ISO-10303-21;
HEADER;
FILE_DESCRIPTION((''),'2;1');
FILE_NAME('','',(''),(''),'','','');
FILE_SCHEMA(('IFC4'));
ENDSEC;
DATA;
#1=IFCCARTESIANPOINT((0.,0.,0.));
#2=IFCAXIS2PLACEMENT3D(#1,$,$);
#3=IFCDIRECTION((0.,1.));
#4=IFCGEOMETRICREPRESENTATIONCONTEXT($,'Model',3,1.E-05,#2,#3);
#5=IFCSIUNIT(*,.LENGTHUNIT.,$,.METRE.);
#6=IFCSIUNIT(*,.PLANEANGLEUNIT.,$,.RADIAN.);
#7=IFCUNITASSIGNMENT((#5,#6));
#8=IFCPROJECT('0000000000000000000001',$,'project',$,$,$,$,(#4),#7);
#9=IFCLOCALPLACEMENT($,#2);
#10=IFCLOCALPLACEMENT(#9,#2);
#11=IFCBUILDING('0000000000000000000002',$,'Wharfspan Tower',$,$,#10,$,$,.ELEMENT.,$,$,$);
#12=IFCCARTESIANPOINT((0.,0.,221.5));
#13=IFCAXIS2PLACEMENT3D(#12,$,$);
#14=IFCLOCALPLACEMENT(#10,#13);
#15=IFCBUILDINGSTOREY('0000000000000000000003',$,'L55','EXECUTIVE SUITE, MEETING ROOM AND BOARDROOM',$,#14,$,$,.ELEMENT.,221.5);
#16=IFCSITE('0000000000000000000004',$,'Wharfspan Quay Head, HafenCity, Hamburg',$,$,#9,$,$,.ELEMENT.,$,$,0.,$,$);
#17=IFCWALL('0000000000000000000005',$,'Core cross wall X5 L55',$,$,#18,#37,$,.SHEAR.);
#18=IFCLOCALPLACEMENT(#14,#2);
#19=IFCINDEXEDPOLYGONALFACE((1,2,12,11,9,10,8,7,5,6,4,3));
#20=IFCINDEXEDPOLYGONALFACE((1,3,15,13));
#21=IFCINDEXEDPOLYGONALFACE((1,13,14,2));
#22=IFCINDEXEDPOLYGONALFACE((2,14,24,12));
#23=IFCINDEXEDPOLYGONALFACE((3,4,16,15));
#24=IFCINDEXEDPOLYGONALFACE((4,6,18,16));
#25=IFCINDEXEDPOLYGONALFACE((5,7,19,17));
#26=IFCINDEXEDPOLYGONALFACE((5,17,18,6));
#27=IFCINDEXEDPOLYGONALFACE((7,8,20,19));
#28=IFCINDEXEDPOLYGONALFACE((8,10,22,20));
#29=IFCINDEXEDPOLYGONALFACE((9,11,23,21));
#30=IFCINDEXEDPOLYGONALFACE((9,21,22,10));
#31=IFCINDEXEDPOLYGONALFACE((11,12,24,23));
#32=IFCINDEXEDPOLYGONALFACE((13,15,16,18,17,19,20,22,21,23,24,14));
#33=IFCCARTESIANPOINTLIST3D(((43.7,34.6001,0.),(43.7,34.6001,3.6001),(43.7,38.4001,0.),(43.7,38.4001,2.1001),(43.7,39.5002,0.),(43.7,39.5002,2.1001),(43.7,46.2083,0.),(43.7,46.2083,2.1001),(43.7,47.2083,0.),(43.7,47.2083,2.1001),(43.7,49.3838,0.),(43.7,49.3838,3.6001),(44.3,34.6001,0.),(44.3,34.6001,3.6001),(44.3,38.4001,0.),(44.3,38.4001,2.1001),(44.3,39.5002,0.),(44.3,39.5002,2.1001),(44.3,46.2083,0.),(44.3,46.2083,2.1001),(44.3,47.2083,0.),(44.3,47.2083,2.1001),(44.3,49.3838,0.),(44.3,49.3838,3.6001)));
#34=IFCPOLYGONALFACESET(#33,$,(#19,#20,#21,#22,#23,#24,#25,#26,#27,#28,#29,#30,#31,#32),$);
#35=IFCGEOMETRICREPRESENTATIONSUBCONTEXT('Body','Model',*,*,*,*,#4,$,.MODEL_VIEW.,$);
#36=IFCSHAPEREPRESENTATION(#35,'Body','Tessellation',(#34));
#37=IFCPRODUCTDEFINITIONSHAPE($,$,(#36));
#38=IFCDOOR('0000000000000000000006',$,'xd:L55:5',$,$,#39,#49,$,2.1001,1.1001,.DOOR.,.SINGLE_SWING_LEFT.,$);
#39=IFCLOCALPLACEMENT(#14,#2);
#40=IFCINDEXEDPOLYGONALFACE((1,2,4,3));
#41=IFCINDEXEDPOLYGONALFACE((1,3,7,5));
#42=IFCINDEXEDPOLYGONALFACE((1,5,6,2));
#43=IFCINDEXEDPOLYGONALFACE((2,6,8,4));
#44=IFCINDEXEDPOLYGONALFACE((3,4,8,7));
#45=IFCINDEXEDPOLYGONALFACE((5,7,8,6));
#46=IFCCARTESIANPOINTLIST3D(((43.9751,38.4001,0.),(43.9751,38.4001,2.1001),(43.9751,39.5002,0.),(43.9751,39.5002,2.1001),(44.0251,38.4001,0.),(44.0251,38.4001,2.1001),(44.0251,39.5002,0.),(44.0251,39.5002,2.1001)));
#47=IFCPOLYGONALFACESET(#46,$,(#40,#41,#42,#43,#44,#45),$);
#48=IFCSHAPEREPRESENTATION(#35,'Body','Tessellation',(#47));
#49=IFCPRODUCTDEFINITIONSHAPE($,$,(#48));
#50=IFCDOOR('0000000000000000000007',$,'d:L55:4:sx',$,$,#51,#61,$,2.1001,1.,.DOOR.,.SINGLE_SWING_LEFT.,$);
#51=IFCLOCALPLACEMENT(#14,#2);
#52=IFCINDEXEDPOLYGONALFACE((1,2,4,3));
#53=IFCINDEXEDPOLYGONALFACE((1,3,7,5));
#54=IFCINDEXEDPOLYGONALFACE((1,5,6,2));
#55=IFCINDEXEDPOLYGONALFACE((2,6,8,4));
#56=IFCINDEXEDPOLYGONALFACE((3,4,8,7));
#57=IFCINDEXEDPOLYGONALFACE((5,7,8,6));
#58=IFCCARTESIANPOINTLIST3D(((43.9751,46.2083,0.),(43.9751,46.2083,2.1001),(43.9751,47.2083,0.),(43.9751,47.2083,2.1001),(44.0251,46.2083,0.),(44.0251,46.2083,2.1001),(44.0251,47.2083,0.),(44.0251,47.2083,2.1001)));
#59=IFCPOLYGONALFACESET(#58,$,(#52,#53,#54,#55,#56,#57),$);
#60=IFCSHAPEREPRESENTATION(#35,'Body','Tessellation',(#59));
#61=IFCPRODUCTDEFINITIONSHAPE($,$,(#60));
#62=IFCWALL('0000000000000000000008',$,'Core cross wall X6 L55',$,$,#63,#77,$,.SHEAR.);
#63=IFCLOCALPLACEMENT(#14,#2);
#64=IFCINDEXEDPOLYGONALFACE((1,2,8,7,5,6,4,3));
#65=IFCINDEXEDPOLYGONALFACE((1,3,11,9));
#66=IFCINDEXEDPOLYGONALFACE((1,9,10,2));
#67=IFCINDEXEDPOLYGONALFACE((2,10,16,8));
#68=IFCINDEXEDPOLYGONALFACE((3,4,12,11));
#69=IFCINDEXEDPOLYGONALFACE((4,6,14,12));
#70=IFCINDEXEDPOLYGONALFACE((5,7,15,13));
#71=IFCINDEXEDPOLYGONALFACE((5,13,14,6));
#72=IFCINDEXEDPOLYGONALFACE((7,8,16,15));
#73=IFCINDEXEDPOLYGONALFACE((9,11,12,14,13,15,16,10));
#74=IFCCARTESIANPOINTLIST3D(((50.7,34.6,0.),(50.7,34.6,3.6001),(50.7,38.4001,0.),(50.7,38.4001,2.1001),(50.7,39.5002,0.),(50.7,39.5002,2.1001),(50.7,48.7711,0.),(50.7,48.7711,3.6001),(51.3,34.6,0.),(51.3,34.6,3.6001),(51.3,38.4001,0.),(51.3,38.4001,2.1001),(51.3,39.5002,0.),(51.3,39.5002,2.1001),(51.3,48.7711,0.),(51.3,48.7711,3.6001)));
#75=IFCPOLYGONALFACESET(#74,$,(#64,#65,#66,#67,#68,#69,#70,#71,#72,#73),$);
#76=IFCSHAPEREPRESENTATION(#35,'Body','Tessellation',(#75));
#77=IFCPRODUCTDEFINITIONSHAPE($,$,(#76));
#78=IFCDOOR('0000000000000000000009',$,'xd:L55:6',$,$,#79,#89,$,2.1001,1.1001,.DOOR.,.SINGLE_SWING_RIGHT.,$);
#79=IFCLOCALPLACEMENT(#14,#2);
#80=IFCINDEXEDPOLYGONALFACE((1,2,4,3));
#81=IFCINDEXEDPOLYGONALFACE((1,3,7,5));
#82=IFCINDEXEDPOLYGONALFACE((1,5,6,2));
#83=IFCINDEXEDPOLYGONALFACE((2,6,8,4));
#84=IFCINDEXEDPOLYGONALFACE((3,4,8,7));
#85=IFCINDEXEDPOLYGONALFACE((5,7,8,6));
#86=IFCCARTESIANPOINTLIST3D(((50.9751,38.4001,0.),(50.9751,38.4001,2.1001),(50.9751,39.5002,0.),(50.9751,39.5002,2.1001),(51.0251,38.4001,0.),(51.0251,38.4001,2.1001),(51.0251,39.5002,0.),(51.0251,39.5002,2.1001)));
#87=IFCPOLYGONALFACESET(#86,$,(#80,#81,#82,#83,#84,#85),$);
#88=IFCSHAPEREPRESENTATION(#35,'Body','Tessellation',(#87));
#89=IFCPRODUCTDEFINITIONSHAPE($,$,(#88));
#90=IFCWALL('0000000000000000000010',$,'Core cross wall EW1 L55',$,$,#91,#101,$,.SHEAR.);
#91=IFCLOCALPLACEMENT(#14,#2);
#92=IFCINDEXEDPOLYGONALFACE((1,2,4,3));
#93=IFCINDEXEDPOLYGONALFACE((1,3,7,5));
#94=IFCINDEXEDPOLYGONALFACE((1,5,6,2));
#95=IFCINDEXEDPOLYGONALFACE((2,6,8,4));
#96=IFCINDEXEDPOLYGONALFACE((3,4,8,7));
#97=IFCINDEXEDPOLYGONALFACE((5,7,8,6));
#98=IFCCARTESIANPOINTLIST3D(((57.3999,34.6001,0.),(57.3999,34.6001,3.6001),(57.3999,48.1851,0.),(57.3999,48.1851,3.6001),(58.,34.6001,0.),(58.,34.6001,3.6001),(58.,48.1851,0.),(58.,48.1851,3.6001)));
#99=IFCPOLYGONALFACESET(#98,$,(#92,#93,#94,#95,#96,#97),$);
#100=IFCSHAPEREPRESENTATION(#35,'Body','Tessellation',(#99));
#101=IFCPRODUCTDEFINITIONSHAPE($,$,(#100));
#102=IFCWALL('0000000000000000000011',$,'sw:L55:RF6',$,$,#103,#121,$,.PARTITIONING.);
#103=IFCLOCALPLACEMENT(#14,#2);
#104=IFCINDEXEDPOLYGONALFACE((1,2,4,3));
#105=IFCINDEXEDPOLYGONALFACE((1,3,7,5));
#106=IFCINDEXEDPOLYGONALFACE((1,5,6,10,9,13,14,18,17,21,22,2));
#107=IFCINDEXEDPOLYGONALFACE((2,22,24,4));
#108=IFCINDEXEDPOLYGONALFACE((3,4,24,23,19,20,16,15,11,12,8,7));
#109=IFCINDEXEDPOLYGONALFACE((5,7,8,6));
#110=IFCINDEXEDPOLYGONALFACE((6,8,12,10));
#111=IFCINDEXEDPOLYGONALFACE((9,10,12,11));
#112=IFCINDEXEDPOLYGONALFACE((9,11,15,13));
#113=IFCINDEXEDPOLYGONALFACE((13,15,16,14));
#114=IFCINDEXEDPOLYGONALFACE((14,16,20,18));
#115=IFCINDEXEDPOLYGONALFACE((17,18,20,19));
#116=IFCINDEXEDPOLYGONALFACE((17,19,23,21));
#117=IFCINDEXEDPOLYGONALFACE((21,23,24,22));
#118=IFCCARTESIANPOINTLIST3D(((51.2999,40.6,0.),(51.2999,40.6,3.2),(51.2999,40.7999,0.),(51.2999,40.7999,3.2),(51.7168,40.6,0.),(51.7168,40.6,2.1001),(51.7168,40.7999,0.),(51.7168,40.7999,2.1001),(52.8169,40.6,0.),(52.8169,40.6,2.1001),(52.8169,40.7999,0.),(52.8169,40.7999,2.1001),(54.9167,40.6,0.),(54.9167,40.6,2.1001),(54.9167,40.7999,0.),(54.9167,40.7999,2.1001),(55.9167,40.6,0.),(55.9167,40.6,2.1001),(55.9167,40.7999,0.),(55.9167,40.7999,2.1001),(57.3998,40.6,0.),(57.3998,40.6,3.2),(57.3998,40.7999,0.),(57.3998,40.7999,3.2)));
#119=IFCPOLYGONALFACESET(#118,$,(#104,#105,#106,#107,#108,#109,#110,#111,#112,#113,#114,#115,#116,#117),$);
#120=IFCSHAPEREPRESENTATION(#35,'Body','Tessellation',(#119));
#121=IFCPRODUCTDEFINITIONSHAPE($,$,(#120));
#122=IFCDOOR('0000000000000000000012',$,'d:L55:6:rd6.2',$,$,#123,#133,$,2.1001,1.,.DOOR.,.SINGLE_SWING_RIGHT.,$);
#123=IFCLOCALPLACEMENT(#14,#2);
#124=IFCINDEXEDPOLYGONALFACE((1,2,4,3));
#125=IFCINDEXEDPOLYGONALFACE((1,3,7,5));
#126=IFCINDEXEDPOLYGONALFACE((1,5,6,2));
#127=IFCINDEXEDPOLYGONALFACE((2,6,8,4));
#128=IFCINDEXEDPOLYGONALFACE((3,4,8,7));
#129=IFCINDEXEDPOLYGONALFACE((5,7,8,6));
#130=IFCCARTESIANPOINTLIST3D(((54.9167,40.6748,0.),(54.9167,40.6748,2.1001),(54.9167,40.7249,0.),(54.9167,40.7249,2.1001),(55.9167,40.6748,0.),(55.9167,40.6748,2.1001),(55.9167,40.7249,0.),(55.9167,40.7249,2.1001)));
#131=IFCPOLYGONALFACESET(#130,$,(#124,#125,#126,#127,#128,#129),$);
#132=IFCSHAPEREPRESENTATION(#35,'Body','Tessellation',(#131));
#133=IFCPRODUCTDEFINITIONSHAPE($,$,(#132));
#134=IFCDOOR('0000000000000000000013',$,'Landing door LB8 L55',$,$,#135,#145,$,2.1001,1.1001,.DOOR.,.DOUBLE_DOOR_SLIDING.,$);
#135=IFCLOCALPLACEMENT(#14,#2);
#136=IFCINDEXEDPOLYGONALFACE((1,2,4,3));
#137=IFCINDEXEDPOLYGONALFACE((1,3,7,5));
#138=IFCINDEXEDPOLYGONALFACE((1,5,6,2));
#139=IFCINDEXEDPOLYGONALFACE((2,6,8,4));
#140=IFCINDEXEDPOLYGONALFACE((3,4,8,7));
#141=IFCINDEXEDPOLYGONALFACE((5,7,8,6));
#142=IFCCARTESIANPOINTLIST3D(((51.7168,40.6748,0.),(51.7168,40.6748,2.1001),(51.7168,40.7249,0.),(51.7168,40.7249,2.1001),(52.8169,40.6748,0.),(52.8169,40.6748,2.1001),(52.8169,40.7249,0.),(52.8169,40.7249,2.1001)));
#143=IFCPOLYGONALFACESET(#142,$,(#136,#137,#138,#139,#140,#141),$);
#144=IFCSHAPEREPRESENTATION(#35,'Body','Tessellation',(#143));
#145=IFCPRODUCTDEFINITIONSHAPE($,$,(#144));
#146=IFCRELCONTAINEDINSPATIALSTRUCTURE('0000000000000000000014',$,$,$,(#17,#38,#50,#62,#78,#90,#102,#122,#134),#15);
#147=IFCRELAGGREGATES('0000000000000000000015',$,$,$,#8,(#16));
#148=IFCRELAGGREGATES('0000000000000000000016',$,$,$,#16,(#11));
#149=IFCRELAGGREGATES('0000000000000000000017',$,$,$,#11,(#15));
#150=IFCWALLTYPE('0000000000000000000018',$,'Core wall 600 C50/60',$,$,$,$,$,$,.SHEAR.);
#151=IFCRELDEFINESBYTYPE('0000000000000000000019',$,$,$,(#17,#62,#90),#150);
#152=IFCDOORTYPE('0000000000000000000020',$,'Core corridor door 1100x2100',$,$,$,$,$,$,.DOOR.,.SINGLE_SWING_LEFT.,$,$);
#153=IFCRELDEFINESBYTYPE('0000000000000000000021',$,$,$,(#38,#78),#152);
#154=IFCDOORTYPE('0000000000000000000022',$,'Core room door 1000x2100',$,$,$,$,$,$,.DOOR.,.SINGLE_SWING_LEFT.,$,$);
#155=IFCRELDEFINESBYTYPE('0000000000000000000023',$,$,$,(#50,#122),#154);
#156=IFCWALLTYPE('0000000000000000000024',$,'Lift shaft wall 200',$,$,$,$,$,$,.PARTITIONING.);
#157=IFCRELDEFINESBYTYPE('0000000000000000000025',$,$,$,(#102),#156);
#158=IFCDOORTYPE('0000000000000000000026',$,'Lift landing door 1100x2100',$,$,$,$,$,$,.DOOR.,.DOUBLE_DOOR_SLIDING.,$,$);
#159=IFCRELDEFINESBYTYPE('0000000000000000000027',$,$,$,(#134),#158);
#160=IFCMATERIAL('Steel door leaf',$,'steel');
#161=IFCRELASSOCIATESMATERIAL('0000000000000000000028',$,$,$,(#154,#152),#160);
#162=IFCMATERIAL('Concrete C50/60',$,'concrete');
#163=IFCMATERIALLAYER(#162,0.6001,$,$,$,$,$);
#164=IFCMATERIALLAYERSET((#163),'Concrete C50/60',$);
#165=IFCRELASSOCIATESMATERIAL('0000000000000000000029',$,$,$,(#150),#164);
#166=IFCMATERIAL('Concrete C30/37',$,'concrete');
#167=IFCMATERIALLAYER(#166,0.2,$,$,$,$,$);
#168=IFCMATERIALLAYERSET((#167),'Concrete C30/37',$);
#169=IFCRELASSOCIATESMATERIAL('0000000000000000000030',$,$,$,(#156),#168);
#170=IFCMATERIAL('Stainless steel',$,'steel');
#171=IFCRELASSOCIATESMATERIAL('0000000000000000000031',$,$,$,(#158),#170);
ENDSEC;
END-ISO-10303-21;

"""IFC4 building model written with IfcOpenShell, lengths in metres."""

from ifc_helpers import new_model, si_unit, direction, frame, frame_2d, origin, place, context, subcontext, project, spatial, rectangle, extrude, material, layer, layer_set, type_object, element, fill, save


model = new_model("IFC4")

# Units and contexts
model_context = context("Model", 3, precision=1e-05, world=origin(), true_north=direction((0.0, 1.0)))
body_context = subcontext(model_context, "Body", "Model", "MODEL_VIEW")
ifc_project = project(units=[si_unit("LENGTHUNIT", "METRE"), si_unit("PLANEANGLEUNIT", "RADIAN")], contexts=[model_context])

# Site, building, storey
site_placement = place(None, origin())
site = spatial("IfcSite", under=ifc_project, at=site_placement, Name="Wharfspan Quay Head, HafenCity, Hamburg", CompositionType="ELEMENT", RefElevation=0.0)
building_placement = place(site_placement, origin())
building = spatial("IfcBuilding", under=site, at=building_placement, Name="Wharfspan Tower", CompositionType="ELEMENT")
storey_placement = place(building_placement, frame((0.0, 0.0, 221.5)))
storey = spatial("IfcBuildingStorey", under=building, at=storey_placement, Name="L55", Description="EXECUTIVE SUITE, MEETING ROOM AND BOARDROOM", CompositionType="ELEMENT", Elevation=221.5)

# Shared definitions
ifc_material_1 = material(Name="Steel door leaf", Category="steel")
door_type_1 = type_object("IfcDoorType", Name="Core room door 1000x2100", OperationType="SINGLE_SWING_LEFT", PredefinedType="DOOR", material=ifc_material_1)

# Wall, openings, doors
ifc_material_2 = material(Name="Concrete C50/60", Category="concrete")
ifc_layer_1 = layer(ifc_material_2, 0.6001)
ifc_layer_set_1 = layer_set([ifc_layer_1], Name="Concrete C50/60")
wall_type_1 = type_object("IfcWallType", Name="Core wall 600 C50/60", PredefinedType="SHEAR", material=ifc_layer_set_1)
wall_1_placement = place(storey_placement, frame((44.0, 34.6001, 0.0), z_axis=(0.0, 0.0, 1.0), x_axis=(0.0, 1.0, 0.0)))
wall_1 = element("IfcWall", 1, at=wall_1_placement, inside=storey, type_object=wall_type_1, Name="Core cross wall X5 L55", PredefinedType="SHEAR", context=body_context, shape_type="SweptSolid", body=[
    extrude(rectangle(XDim=14.7837, YDim=0.6001, at=frame_2d((7.3918, 0.0))), origin(), (0.0, 0.0, 1.0), 3.6001),
])
opening_1_placement = place(wall_1_placement, frame((11.6082, 0.0, 0.0)))
opening_1 = element("IfcOpeningElement", 2, at=opening_1_placement, cuts=wall_1, PredefinedType="OPENING", context=body_context, shape_type="SweptSolid", body=[
    extrude(rectangle(XDim=1.0, YDim=2.1001, at=frame_2d((0.5, 1.05))), frame((0.0, 0.3101, 0.0), z_axis=(0.0, -1.0, 0.0), x_axis=(1.0, 0.0, 0.0)), (0.0, 0.0, 1.0), 0.6201),
])
opening_2_placement = place(wall_1_placement, frame((3.8, 0.0, 0.0)))
opening_2 = element("IfcOpeningElement", 3, at=opening_2_placement, cuts=wall_1, PredefinedType="OPENING", context=body_context, shape_type="SweptSolid", body=[
    extrude(rectangle(XDim=1.1001, YDim=2.1001, at=frame_2d((0.55, 1.05))), frame((0.0, 0.3101, 0.0), z_axis=(0.0, -1.0, 0.0), x_axis=(1.0, 0.0, 0.0)), (0.0, 0.0, 1.0), 0.6201),
])
door_type_2 = type_object("IfcDoorType", Name="Core corridor door 1100x2100", OperationType="SINGLE_SWING_LEFT", PredefinedType="DOOR", material=ifc_material_1)
door_1_placement = place(opening_2_placement, origin())
door_1 = element("IfcDoor", 4, at=door_1_placement, inside=storey, type_object=door_type_2, Name="xd:L55:5", OperationType="SINGLE_SWING_LEFT", OverallHeight=2.1001, OverallWidth=1.1001, PredefinedType="DOOR", context=body_context, shape_type="SweptSolid", body=[
    extrude(rectangle(XDim=1.1001, YDim=2.1001, at=frame_2d((0.55, 1.05))), frame((0.0, 0.0249, 0.0), z_axis=(0.0, -1.0, 0.0), x_axis=(1.0, 0.0, 0.0)), (0.0, 0.0, 1.0), 0.05),
])
fill(opening_2, door_1)
door_2_placement = place(opening_1_placement, origin())
door_2 = element("IfcDoor", 5, at=door_2_placement, inside=storey, type_object=door_type_1, Name="d:L55:4:sx", OperationType="SINGLE_SWING_LEFT", OverallHeight=2.1001, OverallWidth=1.0, PredefinedType="DOOR", context=body_context, shape_type="SweptSolid", body=[
    extrude(rectangle(XDim=1.0, YDim=2.1001, at=frame_2d((0.5, 1.05))), frame((0.0, 0.0249, 0.0), z_axis=(0.0, -1.0, 0.0), x_axis=(1.0, 0.0, 0.0)), (0.0, 0.0, 1.0), 0.05),
])
fill(opening_1, door_2)

# Wall, opening, door
wall_2_placement = place(storey_placement, frame((51.0, 34.6001, 0.0), z_axis=(0.0, 0.0, 1.0), x_axis=(0.0, 1.0, 0.0)))
wall_2 = element("IfcWall", 6, at=wall_2_placement, inside=storey, type_object=wall_type_1, Name="Core cross wall X6 L55", PredefinedType="SHEAR", context=body_context, shape_type="SweptSolid", body=[
    extrude(rectangle(XDim=14.1711, YDim=0.6001, at=frame_2d((7.0854, 0.0))), origin(), (0.0, 0.0, 1.0), 3.6001),
])
opening_3_placement = place(wall_2_placement, frame((3.8, 0.0, 0.0)))
opening_3 = element("IfcOpeningElement", 7, at=opening_3_placement, cuts=wall_2, PredefinedType="OPENING", context=body_context, shape_type="SweptSolid", body=[
    extrude(rectangle(XDim=1.1001, YDim=2.1001, at=frame_2d((0.55, 1.05))), frame((0.0, 0.3101, 0.0), z_axis=(0.0, -1.0, 0.0), x_axis=(1.0, 0.0, 0.0)), (0.0, 0.0, 1.0), 0.6201),
])
door_3_placement = place(opening_3_placement, origin())
door_3 = element("IfcDoor", 8, at=door_3_placement, inside=storey, type_object=door_type_2, Name="xd:L55:6", OperationType="SINGLE_SWING_RIGHT", OverallHeight=2.1001, OverallWidth=1.1001, PredefinedType="DOOR", context=body_context, shape_type="SweptSolid", body=[
    extrude(rectangle(XDim=1.1001, YDim=2.1001, at=frame_2d((0.55, 1.05))), frame((0.0, 0.0249, 0.0), z_axis=(0.0, -1.0, 0.0), x_axis=(1.0, 0.0, 0.0)), (0.0, 0.0, 1.0), 0.05),
])
fill(opening_3, door_3)

# Wall
wall_3_placement = place(storey_placement, frame((57.7, 34.6001, 0.0), z_axis=(0.0, 0.0, 1.0), x_axis=(0.0, 1.0, 0.0)))
element("IfcWall", 9, at=wall_3_placement, inside=storey, type_object=wall_type_1, Name="Core cross wall EW1 L55", PredefinedType="SHEAR", context=body_context, shape_type="SweptSolid", body=[
    extrude(rectangle(XDim=13.585, YDim=0.6001, at=frame_2d((6.7925, 0.0))), origin(), (0.0, 0.0, 1.0), 3.6001),
])

# Wall, openings, doors
ifc_material_3 = material(Name="Concrete C30/37", Category="concrete")
ifc_layer_2 = layer(ifc_material_3, 0.2)
ifc_layer_set_2 = layer_set([ifc_layer_2], Name="Concrete C30/37")
wall_type_2 = type_object("IfcWallType", Name="Lift shaft wall 200", PredefinedType="PARTITIONING", material=ifc_layer_set_2)
wall_4_placement = place(storey_placement, frame((51.3, 40.7, 0.0), z_axis=(0.0, 0.0, 1.0), x_axis=(1.0, 0.0, 0.0)))
wall_4 = element("IfcWall", 10, at=wall_4_placement, inside=storey, type_object=wall_type_2, Name="sw:L55:RF6", PredefinedType="PARTITIONING", context=body_context, shape_type="SweptSolid", body=[
    extrude(rectangle(XDim=6.0999, YDim=0.2, at=frame_2d((3.0498, 0.0))), origin(), (0.0, 0.0, 1.0), 3.2),
])
opening_4_placement = place(wall_4_placement, frame((0.4167, 0.0, 0.0)))
opening_4 = element("IfcOpeningElement", 11, at=opening_4_placement, cuts=wall_4, PredefinedType="OPENING", context=body_context, shape_type="SweptSolid", body=[
    extrude(rectangle(XDim=1.1001, YDim=2.1001, at=frame_2d((0.55, 1.05))), frame((0.0, 0.1099, 0.0), z_axis=(0.0, -1.0, 0.0), x_axis=(1.0, 0.0, 0.0)), (0.0, 0.0, 1.0), 0.22),
])
opening_5_placement = place(wall_4_placement, frame((3.6167, 0.0, 0.0)))
opening_5 = element("IfcOpeningElement", 12, at=opening_5_placement, cuts=wall_4, PredefinedType="OPENING", context=body_context, shape_type="SweptSolid", body=[
    extrude(rectangle(XDim=1.0, YDim=2.1001, at=frame_2d((0.5, 1.05))), frame((0.0, 0.1099, 0.0), z_axis=(0.0, -1.0, 0.0), x_axis=(1.0, 0.0, 0.0)), (0.0, 0.0, 1.0), 0.22),
])
door_4_placement = place(opening_5_placement, origin())
door_4 = element("IfcDoor", 13, at=door_4_placement, inside=storey, type_object=door_type_1, Name="d:L55:6:rd6.2", OperationType="SINGLE_SWING_RIGHT", OverallHeight=2.1001, OverallWidth=1.0, PredefinedType="DOOR", context=body_context, shape_type="SweptSolid", body=[
    extrude(rectangle(XDim=1.0, YDim=2.1001, at=frame_2d((0.5, 1.05))), frame((0.0, 0.0249, 0.0), z_axis=(0.0, -1.0, 0.0), x_axis=(1.0, 0.0, 0.0)), (0.0, 0.0, 1.0), 0.05),
])
fill(opening_5, door_4)
ifc_material_4 = material(Name="Stainless steel", Category="steel")
door_type_3 = type_object("IfcDoorType", Name="Lift landing door 1100x2100", OperationType="DOUBLE_DOOR_SLIDING", PredefinedType="DOOR", material=ifc_material_4)
door_5_placement = place(opening_4_placement, origin())
door_5 = element("IfcDoor", 14, at=door_5_placement, inside=storey, type_object=door_type_3, Name="Landing door LB8 L55", OperationType="DOUBLE_DOOR_SLIDING", OverallHeight=2.1001, OverallWidth=1.1001, PredefinedType="DOOR", context=body_context, shape_type="SweptSolid", body=[
    extrude(rectangle(XDim=1.1001, YDim=2.1001, at=frame_2d((0.55, 1.05))), frame((0.0, 0.0249, 0.0), z_axis=(0.0, -1.0, 0.0), x_axis=(1.0, 0.0, 0.0)), (0.0, 0.0, 1.0), 0.05),
])
fill(opening_4, door_5)

save(model, "model.ifc")
